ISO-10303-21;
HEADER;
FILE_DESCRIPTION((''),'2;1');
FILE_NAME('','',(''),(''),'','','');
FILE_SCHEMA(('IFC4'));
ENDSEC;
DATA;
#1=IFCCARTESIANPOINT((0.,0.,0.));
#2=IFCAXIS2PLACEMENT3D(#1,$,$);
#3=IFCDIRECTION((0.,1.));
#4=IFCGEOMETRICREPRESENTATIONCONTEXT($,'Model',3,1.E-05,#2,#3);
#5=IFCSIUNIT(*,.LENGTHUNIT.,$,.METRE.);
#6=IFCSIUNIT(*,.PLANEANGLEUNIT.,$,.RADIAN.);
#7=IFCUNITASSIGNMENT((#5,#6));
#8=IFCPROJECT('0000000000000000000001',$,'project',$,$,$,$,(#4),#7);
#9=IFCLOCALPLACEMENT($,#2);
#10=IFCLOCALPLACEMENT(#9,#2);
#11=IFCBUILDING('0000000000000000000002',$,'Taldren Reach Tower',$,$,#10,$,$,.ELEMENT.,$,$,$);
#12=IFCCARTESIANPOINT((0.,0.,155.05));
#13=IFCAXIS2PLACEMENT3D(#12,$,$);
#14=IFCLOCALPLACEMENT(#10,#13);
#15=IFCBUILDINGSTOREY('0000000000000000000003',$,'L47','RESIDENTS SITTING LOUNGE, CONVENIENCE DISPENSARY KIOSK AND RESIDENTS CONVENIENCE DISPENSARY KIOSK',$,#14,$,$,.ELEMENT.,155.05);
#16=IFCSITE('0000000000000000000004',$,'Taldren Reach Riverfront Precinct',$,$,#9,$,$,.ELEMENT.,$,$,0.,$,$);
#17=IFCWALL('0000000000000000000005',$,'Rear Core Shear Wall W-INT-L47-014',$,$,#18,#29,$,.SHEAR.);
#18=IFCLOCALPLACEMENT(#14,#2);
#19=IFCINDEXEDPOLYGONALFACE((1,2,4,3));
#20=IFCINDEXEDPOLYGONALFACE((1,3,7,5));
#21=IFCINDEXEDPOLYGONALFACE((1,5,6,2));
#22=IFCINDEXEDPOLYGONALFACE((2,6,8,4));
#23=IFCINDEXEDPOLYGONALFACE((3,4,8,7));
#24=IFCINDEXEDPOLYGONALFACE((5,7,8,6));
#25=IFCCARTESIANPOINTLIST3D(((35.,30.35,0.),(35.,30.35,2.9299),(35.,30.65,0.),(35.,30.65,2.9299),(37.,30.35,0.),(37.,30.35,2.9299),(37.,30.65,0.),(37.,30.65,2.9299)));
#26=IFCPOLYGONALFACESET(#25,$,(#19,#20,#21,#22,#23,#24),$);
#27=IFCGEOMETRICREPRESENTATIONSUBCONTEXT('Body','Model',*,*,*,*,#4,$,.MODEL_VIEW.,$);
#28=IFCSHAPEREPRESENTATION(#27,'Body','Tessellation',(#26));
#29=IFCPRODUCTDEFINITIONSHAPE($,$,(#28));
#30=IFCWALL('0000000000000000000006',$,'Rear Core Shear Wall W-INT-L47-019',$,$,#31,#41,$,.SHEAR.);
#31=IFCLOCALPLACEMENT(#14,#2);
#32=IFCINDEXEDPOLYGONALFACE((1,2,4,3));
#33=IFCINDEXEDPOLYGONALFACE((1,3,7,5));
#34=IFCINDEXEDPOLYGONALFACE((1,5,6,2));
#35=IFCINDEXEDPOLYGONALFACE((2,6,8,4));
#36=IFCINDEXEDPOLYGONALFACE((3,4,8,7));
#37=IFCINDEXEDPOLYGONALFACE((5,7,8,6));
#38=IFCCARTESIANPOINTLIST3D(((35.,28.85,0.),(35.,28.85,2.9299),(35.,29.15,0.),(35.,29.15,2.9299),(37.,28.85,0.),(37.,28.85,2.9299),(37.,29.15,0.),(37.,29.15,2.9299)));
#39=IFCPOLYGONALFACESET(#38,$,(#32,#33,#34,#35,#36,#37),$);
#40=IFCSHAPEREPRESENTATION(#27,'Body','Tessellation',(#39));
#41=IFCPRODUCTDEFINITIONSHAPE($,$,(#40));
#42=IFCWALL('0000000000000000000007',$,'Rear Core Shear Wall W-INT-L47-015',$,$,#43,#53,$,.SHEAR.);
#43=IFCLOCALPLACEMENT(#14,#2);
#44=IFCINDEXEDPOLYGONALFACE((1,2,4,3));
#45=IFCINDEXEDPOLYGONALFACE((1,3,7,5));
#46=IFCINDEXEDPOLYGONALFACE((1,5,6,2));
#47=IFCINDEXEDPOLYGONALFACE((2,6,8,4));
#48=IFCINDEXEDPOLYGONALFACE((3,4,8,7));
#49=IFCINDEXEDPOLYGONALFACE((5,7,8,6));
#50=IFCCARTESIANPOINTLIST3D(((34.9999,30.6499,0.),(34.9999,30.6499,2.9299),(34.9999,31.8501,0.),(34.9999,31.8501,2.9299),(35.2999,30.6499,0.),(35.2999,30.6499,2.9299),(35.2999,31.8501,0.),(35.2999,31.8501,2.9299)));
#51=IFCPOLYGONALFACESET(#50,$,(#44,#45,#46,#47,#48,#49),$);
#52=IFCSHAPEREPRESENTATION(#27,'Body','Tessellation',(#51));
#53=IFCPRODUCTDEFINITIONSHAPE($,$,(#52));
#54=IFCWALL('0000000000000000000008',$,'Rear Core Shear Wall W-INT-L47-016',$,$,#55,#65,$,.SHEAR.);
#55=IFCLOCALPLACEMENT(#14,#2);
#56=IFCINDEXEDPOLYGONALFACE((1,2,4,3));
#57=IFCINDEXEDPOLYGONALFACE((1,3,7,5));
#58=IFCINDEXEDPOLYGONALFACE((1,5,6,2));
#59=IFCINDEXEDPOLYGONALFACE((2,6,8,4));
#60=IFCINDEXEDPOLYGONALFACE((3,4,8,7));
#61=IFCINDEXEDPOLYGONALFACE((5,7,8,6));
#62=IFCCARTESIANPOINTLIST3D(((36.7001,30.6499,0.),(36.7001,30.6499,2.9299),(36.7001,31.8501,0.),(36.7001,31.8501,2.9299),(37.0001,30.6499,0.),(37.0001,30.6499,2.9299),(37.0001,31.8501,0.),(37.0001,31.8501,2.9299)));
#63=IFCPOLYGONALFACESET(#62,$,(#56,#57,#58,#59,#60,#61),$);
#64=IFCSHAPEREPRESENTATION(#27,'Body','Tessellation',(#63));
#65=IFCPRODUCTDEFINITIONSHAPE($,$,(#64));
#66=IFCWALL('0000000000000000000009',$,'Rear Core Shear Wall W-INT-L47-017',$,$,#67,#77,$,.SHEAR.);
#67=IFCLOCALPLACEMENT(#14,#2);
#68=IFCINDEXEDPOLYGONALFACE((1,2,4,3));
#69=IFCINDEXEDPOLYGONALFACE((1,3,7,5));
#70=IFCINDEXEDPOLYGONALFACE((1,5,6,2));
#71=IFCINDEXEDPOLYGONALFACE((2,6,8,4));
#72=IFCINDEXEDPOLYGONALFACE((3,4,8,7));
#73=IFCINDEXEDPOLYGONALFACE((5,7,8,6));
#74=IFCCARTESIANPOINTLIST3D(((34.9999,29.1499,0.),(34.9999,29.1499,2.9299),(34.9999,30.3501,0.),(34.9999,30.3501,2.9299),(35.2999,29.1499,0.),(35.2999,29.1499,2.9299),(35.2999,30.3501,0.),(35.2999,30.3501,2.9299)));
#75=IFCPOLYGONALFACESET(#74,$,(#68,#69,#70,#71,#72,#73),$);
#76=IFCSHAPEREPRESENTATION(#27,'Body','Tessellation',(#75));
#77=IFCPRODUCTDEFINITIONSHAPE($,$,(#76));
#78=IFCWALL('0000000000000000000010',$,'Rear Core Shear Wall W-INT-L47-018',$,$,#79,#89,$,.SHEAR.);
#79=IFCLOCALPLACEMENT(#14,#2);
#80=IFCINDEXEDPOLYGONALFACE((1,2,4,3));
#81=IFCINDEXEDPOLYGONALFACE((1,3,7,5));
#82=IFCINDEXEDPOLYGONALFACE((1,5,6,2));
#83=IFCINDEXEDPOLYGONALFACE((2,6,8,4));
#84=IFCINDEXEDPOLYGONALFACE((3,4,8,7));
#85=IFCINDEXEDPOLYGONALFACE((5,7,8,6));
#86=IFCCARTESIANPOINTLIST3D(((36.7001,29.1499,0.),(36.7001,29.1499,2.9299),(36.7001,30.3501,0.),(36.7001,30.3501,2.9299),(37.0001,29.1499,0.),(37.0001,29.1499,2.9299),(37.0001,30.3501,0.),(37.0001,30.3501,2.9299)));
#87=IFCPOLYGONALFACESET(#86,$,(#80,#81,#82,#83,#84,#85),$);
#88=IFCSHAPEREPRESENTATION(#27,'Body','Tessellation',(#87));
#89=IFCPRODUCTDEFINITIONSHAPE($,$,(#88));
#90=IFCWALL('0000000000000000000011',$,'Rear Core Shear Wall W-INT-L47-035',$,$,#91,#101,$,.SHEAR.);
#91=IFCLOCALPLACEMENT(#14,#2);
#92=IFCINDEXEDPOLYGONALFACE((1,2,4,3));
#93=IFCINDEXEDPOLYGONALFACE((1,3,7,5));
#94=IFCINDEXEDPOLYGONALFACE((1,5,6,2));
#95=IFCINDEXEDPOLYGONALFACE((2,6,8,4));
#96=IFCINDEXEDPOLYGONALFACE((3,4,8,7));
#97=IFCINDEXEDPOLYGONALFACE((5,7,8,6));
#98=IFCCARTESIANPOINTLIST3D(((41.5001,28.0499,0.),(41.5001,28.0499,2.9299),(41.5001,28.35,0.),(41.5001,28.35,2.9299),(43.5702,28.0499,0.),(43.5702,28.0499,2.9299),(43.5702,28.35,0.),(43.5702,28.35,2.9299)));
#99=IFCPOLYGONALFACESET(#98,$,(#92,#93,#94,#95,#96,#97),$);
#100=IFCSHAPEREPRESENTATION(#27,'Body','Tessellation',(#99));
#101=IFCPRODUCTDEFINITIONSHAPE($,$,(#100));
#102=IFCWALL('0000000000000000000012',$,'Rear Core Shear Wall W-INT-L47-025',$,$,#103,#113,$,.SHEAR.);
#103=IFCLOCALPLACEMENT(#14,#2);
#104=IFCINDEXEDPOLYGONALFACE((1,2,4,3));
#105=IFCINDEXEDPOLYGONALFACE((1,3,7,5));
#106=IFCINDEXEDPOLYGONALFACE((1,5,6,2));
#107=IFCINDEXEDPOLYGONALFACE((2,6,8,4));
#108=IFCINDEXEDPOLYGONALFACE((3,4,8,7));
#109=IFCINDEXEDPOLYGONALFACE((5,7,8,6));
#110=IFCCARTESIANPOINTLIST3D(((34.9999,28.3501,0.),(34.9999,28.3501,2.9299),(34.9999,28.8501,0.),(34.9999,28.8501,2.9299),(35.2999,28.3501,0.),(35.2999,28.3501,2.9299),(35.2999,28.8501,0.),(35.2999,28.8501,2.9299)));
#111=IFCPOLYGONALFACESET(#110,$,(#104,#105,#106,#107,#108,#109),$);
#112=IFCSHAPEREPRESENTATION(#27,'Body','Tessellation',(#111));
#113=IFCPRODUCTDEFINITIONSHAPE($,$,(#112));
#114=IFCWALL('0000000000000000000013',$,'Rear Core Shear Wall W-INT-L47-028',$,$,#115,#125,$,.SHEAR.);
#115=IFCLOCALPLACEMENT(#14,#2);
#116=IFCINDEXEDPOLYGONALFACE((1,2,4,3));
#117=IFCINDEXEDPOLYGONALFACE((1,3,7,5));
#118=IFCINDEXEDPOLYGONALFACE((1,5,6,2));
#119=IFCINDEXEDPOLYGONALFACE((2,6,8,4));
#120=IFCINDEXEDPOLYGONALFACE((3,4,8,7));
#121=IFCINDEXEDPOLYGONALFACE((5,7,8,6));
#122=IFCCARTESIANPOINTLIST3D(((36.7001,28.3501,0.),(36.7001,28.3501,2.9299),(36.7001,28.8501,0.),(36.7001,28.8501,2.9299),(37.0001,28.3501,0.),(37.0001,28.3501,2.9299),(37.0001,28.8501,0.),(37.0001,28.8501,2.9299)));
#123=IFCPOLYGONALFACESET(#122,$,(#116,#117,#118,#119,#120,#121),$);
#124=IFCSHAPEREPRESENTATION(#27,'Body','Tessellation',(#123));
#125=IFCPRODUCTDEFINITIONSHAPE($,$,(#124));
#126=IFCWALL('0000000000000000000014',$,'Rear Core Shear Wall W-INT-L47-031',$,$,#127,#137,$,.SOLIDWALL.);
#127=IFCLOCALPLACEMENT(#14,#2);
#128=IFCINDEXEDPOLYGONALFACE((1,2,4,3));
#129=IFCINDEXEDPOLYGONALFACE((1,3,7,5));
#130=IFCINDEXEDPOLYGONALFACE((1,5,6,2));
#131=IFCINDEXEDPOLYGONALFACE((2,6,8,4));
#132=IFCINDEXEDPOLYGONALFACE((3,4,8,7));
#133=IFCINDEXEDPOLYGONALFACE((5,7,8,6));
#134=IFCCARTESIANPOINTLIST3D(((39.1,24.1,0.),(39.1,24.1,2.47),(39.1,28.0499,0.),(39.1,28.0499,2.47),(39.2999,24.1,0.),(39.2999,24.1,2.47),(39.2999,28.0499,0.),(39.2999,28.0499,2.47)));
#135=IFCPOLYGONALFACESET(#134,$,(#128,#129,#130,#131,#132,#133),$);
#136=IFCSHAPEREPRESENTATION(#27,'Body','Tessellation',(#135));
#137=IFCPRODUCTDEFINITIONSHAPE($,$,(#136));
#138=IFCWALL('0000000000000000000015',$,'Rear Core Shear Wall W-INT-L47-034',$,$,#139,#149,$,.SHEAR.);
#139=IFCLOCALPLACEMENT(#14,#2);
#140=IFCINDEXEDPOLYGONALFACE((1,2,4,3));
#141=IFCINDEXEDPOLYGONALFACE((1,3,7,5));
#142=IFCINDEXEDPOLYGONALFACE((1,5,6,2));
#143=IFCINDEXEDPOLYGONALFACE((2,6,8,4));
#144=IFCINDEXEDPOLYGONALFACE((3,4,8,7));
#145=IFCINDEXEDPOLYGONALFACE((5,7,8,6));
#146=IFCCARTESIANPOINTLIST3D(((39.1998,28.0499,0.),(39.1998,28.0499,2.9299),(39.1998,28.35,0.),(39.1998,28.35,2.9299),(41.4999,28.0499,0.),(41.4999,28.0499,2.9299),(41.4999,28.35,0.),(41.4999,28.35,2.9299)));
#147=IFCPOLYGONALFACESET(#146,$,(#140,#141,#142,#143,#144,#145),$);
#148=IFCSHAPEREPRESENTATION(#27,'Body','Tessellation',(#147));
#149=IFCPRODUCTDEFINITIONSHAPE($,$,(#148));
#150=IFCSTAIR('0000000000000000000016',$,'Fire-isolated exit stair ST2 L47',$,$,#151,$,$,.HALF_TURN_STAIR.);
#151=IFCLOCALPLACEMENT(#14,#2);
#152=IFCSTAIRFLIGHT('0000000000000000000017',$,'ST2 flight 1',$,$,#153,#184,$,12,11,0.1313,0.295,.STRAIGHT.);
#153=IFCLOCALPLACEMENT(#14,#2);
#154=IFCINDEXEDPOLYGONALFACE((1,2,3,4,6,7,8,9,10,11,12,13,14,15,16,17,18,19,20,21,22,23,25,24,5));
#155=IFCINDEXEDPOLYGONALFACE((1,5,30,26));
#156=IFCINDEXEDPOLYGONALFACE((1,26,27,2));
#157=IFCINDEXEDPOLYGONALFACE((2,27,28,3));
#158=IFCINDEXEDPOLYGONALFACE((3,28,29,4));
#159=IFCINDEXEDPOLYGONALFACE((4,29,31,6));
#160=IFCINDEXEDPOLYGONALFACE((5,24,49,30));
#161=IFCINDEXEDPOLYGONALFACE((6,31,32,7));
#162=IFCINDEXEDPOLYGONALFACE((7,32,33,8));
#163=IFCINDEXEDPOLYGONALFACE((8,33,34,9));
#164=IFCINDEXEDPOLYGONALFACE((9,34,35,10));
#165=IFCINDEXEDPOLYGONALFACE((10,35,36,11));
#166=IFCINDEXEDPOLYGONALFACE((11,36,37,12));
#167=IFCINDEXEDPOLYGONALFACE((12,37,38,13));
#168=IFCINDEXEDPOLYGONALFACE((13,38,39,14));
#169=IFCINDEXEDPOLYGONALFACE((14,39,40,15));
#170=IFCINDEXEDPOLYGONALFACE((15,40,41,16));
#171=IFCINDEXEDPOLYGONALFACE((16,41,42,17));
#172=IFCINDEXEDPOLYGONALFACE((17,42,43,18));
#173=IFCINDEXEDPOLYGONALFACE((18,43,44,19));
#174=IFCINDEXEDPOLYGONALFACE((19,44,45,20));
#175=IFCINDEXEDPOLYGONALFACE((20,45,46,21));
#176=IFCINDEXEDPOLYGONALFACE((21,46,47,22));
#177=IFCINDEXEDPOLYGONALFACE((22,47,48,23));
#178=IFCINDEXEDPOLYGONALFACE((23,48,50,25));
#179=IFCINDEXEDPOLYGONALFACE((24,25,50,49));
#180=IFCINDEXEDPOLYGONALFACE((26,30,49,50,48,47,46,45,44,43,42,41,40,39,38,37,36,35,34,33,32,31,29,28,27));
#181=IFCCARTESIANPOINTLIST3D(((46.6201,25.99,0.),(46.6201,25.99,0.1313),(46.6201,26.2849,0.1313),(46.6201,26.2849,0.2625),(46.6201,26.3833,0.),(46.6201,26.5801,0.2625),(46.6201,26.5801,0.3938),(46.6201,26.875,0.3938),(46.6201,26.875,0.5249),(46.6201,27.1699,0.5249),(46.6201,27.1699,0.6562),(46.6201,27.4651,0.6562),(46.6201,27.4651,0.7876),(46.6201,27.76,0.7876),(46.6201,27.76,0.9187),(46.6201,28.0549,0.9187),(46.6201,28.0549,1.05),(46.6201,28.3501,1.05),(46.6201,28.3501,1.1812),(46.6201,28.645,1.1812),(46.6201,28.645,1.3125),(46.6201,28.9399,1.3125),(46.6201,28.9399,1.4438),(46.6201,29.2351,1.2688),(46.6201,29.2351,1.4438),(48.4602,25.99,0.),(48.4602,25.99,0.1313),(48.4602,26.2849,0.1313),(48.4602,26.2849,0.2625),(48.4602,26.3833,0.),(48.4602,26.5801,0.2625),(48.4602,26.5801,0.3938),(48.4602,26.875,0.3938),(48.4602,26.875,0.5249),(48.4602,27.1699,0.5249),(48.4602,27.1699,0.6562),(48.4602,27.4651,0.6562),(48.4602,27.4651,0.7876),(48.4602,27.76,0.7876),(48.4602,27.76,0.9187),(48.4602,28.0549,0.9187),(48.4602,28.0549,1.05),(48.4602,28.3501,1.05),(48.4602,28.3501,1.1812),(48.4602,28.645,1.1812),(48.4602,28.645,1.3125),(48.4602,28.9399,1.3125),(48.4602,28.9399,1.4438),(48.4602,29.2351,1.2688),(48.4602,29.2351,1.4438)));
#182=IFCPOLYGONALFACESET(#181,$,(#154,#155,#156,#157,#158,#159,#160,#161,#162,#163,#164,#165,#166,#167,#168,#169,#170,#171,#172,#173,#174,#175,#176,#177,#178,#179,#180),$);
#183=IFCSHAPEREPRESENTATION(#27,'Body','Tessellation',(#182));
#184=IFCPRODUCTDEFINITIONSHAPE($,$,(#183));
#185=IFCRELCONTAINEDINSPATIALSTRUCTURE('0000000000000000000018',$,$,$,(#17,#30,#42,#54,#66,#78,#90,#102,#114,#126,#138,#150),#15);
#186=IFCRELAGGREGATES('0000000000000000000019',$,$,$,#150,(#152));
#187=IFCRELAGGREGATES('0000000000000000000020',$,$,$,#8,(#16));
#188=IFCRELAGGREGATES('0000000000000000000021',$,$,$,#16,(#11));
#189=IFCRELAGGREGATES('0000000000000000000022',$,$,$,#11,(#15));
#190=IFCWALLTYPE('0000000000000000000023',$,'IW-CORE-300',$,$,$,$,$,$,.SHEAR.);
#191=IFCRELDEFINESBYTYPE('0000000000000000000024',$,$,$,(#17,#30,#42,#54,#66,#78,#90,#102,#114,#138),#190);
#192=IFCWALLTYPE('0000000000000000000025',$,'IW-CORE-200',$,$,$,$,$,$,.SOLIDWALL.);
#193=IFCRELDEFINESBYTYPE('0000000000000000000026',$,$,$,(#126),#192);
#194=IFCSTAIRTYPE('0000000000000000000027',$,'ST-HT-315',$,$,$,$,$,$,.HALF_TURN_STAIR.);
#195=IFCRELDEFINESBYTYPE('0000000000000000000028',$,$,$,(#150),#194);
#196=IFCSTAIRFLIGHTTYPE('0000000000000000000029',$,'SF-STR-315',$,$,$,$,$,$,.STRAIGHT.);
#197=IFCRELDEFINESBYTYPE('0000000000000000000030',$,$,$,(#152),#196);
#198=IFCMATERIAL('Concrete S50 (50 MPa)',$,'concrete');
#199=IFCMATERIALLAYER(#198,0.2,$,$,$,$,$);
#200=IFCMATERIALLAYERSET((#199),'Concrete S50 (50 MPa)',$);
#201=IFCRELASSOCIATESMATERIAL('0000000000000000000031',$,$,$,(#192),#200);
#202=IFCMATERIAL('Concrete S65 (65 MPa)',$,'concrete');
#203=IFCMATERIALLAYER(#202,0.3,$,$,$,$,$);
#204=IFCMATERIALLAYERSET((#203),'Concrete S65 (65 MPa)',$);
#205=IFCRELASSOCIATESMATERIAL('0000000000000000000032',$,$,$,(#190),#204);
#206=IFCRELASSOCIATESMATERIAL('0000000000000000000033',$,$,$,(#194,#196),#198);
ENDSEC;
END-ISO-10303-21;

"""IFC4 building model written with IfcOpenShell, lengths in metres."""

from ifc_helpers import new_model, si_unit, direction, frame, frame_2d, origin, place, context, subcontext, project, spatial, polyline, rectangle, outline, extrude, source, transform, mapped, material, layer, layer_set, type_object, element, aggregate, save


model = new_model("IFC4")

# Units and contexts
model_context = context("Model", 3, precision=1e-05, world=origin(), true_north=direction((0.0, 1.0)))
body_context = subcontext(model_context, "Body", "Model", "MODEL_VIEW")
ifc_project = project(units=[si_unit("LENGTHUNIT", "METRE"), si_unit("PLANEANGLEUNIT", "RADIAN")], contexts=[model_context])

# Site, building, storey
site_placement = place(None, origin())
site = spatial("IfcSite", under=ifc_project, at=site_placement, Name="Taldren Reach Riverfront Precinct", CompositionType="ELEMENT", RefElevation=0.0)
building_placement = place(site_placement, origin())
building = spatial("IfcBuilding", under=site, at=building_placement, Name="Taldren Reach Tower", CompositionType="ELEMENT")
storey_placement = place(building_placement, frame((0.0, 0.0, 155.05)))
storey = spatial("IfcBuildingStorey", under=building, at=storey_placement, Name="L47", Description="RESIDENTS SITTING LOUNGE, CONVENIENCE DISPENSARY KIOSK AND RESIDENTS CONVENIENCE DISPENSARY KIOSK", CompositionType="ELEMENT", Elevation=155.05)

# Shared definitions
ifc_material_1 = material(Name="Concrete S50 (50 MPa)", Category="concrete")
ifc_layer_1 = layer(ifc_material_1, 0.2)
ifc_layer_set_1 = layer_set([ifc_layer_1], Name="Concrete S50 (50 MPa)")
wall_type_1 = type_object("IfcWallType", Name="IW-CORE-200", PredefinedType="SOLIDWALL", material=ifc_layer_set_1)

# Shared definitions
ifc_material_2 = material(Name="Concrete S65 (65 MPa)", Category="concrete")
ifc_layer_2 = layer(ifc_material_2, 0.3)
ifc_layer_set_2 = layer_set([ifc_layer_2], Name="Concrete S65 (65 MPa)")
wall_type_2 = type_object("IfcWallType", Name="IW-CORE-300", PredefinedType="SHEAR", material=ifc_layer_set_2)

# Walls
shared_shape_1 = source(origin(), body_context, "Body", "SweptSolid", [
    extrude(rectangle(XDim=2.0, YDim=0.3, at=frame_2d((1.0, 0.0))), origin(), (0.0, 0.0, 1.0), 2.9299),
])
for number, where, z_axis, x_axis, name in (
    (1, (35.0, 30.5, 0.0), (0.0, 0.0, 1.0), (1.0, 0.0, 0.0), "Rear Core Shear Wall W-INT-L47-014"),
    (2, (35.0, 29.0, 0.0), (0.0, 0.0, 1.0), (1.0, 0.0, 0.0), "Rear Core Shear Wall W-INT-L47-019"),
):
    element("IfcWall", number, at=place(storey_placement, frame(where, z_axis=z_axis, x_axis=x_axis)), inside=storey, type_object=wall_type_2, Name=name, PredefinedType="SHEAR", context=body_context, shape_type="MappedRepresentation", body=[
        mapped(shared_shape_1, transform((0.0, 0.0, 0.0), scale=1.0)),
    ])
shared_shape_2 = source(origin(), body_context, "Body", "SweptSolid", [
    extrude(rectangle(XDim=1.2002, YDim=0.3, at=frame_2d((0.6001, 0.0))), origin(), (0.0, 0.0, 1.0), 2.9299),
])
for number, where, z_axis, x_axis, name in (
    (3, (35.1499, 31.8501, 0.0), (0.0, 0.0, 1.0), (0.0, -1.0, 0.0), "Rear Core Shear Wall W-INT-L47-015"),
    (4, (36.8501, 30.6499, 0.0), (0.0, 0.0, 1.0), (0.0, 1.0, 0.0), "Rear Core Shear Wall W-INT-L47-016"),
    (5, (35.1499, 30.3501, 0.0), (0.0, 0.0, 1.0), (0.0, -1.0, 0.0), "Rear Core Shear Wall W-INT-L47-017"),
    (6, (36.8501, 29.1499, 0.0), (0.0, 0.0, 1.0), (0.0, 1.0, 0.0), "Rear Core Shear Wall W-INT-L47-018"),
):
    element("IfcWall", number, at=place(storey_placement, frame(where, z_axis=z_axis, x_axis=x_axis)), inside=storey, type_object=wall_type_2, Name=name, PredefinedType="SHEAR", context=body_context, shape_type="MappedRepresentation", body=[
        mapped(shared_shape_2, transform((0.0, 0.0, 0.0), scale=1.0)),
    ])
shared_shape_3 = source(origin(), body_context, "Body", "SweptSolid", [
    extrude(rectangle(XDim=2.0701, YDim=0.3, at=frame_2d((1.0352, 0.0))), origin(), (0.0, 0.0, 1.0), 2.9299),
])
wall_1_placement = place(storey_placement, frame((41.5, 28.2, 0.0), z_axis=(0.0, 0.0, 1.0), x_axis=(1.0, 0.0, 0.0)))
element("IfcWall", 7, at=wall_1_placement, inside=storey, type_object=wall_type_2, Name="Rear Core Shear Wall W-INT-L47-035", PredefinedType="SHEAR", context=body_context, shape_type="MappedRepresentation", body=[
    mapped(shared_shape_3, transform((0.0, 0.0, 0.0), scale=1.0)),
])
shared_shape_4 = source(origin(), body_context, "Body", "SweptSolid", [
    extrude(rectangle(XDim=0.5, YDim=0.3, at=frame_2d((0.25, 0.0))), origin(), (0.0, 0.0, 1.0), 2.9299),
])
for number, where, z_axis, x_axis, name in (
    (8, (35.1499, 28.3501, 0.0), (0.0, 0.0, 1.0), (0.0, 1.0, 0.0), "Rear Core Shear Wall W-INT-L47-025"),
    (9, (36.8501, 28.8501, 0.0), (0.0, 0.0, 1.0), (0.0, -1.0, 0.0), "Rear Core Shear Wall W-INT-L47-028"),
):
    element("IfcWall", number, at=place(storey_placement, frame(where, z_axis=z_axis, x_axis=x_axis)), inside=storey, type_object=wall_type_2, Name=name, PredefinedType="SHEAR", context=body_context, shape_type="MappedRepresentation", body=[
        mapped(shared_shape_4, transform((0.0, 0.0, 0.0), scale=1.0)),
    ])

# Walls
shared_shape_5 = source(origin(), body_context, "Body", "SweptSolid", [
    extrude(rectangle(XDim=3.95, YDim=0.2, at=frame_2d((1.9751, 0.0))), origin(), (0.0, 0.0, 1.0), 2.47),
])
wall_2_placement = place(storey_placement, frame((39.2, 28.05, 0.0), z_axis=(0.0, 0.0, 1.0), x_axis=(0.0, -1.0, 0.0)))
element("IfcWall", 10, at=wall_2_placement, inside=storey, type_object=wall_type_1, Name="Rear Core Shear Wall W-INT-L47-031", PredefinedType="SOLIDWALL", context=body_context, shape_type="MappedRepresentation", body=[
    mapped(shared_shape_5, transform((0.0, 0.0, 0.0), scale=1.0)),
])
shared_shape_6 = source(origin(), body_context, "Body", "SweptSolid", [
    extrude(rectangle(XDim=2.3, YDim=0.3, at=frame_2d((1.1499, 0.0))), origin(), (0.0, 0.0, 1.0), 2.9299),
])
wall_3_placement = place(storey_placement, frame((39.2, 28.2, 0.0), z_axis=(0.0, 0.0, 1.0), x_axis=(1.0, 0.0, 0.0)))
element("IfcWall", 11, at=wall_3_placement, inside=storey, type_object=wall_type_2, Name="Rear Core Shear Wall W-INT-L47-034", PredefinedType="SHEAR", context=body_context, shape_type="MappedRepresentation", body=[
    mapped(shared_shape_6, transform((0.0, 0.0, 0.0), scale=1.0)),
])

# Stair, stair flight
stair_type = type_object("IfcStairType", Name="ST-HT-315", PredefinedType="HALF_TURN_STAIR", material=ifc_material_1)
stair_placement = place(storey_placement, origin())
stair = element("IfcStair", 12, at=stair_placement, inside=storey, type_object=stair_type, Name="Fire-isolated exit stair ST2 L47", PredefinedType="HALF_TURN_STAIR")
stair_flight_type = type_object("IfcStairFlightType", Name="SF-STR-315", PredefinedType="STRAIGHT", material=ifc_material_1)
stair_flight_placement = place(storey_placement, frame((47.54, 25.99, 0.0), z_axis=(0.0, 0.0, 1.0), x_axis=(0.0, 1.0, 0.0)))
stair_flight = element("IfcStairFlight", 13, at=stair_flight_placement, type_object=stair_flight_type, Name="ST2 flight 1", NumberOfRisers=12, NumberOfTreads=11, PredefinedType="STRAIGHT", RiserHeight=0.1313, TreadLength=0.295, context=body_context, shape_type="SweptSolid", body=[
    extrude(outline(polyline([(0.0, 0.0), (0.0, 0.1313), (0.2949, 0.1313), (0.2949, 0.2625), (0.5901, 0.2625), (0.5901, 0.3938), (0.885, 0.3938), (0.885, 0.5249), (1.1799, 0.5249), (1.1799, 0.6562), (1.4751, 0.6562), (1.4751, 0.7876), (1.77, 0.7876), (1.77, 0.9187), (2.0649, 0.9187), (2.0649, 1.05), (2.3601, 1.05), (2.3601, 1.1812), (2.655, 1.1812), (2.655, 1.3125), (2.95, 1.3125), (2.95, 1.4438), (3.2451, 1.4438), (3.2451, 1.575), (3.2451, 1.2688), (0.3933, 0.0), (0.0, 0.0)])), frame((0.0, 0.9199, 0.0), z_axis=(0.0, -1.0, 0.0), x_axis=(1.0, 0.0, 0.0)), (0.0, 0.0, 1.0), 1.8401),
])
aggregate(stair, [stair_flight])

save(model, "model.ifc")
